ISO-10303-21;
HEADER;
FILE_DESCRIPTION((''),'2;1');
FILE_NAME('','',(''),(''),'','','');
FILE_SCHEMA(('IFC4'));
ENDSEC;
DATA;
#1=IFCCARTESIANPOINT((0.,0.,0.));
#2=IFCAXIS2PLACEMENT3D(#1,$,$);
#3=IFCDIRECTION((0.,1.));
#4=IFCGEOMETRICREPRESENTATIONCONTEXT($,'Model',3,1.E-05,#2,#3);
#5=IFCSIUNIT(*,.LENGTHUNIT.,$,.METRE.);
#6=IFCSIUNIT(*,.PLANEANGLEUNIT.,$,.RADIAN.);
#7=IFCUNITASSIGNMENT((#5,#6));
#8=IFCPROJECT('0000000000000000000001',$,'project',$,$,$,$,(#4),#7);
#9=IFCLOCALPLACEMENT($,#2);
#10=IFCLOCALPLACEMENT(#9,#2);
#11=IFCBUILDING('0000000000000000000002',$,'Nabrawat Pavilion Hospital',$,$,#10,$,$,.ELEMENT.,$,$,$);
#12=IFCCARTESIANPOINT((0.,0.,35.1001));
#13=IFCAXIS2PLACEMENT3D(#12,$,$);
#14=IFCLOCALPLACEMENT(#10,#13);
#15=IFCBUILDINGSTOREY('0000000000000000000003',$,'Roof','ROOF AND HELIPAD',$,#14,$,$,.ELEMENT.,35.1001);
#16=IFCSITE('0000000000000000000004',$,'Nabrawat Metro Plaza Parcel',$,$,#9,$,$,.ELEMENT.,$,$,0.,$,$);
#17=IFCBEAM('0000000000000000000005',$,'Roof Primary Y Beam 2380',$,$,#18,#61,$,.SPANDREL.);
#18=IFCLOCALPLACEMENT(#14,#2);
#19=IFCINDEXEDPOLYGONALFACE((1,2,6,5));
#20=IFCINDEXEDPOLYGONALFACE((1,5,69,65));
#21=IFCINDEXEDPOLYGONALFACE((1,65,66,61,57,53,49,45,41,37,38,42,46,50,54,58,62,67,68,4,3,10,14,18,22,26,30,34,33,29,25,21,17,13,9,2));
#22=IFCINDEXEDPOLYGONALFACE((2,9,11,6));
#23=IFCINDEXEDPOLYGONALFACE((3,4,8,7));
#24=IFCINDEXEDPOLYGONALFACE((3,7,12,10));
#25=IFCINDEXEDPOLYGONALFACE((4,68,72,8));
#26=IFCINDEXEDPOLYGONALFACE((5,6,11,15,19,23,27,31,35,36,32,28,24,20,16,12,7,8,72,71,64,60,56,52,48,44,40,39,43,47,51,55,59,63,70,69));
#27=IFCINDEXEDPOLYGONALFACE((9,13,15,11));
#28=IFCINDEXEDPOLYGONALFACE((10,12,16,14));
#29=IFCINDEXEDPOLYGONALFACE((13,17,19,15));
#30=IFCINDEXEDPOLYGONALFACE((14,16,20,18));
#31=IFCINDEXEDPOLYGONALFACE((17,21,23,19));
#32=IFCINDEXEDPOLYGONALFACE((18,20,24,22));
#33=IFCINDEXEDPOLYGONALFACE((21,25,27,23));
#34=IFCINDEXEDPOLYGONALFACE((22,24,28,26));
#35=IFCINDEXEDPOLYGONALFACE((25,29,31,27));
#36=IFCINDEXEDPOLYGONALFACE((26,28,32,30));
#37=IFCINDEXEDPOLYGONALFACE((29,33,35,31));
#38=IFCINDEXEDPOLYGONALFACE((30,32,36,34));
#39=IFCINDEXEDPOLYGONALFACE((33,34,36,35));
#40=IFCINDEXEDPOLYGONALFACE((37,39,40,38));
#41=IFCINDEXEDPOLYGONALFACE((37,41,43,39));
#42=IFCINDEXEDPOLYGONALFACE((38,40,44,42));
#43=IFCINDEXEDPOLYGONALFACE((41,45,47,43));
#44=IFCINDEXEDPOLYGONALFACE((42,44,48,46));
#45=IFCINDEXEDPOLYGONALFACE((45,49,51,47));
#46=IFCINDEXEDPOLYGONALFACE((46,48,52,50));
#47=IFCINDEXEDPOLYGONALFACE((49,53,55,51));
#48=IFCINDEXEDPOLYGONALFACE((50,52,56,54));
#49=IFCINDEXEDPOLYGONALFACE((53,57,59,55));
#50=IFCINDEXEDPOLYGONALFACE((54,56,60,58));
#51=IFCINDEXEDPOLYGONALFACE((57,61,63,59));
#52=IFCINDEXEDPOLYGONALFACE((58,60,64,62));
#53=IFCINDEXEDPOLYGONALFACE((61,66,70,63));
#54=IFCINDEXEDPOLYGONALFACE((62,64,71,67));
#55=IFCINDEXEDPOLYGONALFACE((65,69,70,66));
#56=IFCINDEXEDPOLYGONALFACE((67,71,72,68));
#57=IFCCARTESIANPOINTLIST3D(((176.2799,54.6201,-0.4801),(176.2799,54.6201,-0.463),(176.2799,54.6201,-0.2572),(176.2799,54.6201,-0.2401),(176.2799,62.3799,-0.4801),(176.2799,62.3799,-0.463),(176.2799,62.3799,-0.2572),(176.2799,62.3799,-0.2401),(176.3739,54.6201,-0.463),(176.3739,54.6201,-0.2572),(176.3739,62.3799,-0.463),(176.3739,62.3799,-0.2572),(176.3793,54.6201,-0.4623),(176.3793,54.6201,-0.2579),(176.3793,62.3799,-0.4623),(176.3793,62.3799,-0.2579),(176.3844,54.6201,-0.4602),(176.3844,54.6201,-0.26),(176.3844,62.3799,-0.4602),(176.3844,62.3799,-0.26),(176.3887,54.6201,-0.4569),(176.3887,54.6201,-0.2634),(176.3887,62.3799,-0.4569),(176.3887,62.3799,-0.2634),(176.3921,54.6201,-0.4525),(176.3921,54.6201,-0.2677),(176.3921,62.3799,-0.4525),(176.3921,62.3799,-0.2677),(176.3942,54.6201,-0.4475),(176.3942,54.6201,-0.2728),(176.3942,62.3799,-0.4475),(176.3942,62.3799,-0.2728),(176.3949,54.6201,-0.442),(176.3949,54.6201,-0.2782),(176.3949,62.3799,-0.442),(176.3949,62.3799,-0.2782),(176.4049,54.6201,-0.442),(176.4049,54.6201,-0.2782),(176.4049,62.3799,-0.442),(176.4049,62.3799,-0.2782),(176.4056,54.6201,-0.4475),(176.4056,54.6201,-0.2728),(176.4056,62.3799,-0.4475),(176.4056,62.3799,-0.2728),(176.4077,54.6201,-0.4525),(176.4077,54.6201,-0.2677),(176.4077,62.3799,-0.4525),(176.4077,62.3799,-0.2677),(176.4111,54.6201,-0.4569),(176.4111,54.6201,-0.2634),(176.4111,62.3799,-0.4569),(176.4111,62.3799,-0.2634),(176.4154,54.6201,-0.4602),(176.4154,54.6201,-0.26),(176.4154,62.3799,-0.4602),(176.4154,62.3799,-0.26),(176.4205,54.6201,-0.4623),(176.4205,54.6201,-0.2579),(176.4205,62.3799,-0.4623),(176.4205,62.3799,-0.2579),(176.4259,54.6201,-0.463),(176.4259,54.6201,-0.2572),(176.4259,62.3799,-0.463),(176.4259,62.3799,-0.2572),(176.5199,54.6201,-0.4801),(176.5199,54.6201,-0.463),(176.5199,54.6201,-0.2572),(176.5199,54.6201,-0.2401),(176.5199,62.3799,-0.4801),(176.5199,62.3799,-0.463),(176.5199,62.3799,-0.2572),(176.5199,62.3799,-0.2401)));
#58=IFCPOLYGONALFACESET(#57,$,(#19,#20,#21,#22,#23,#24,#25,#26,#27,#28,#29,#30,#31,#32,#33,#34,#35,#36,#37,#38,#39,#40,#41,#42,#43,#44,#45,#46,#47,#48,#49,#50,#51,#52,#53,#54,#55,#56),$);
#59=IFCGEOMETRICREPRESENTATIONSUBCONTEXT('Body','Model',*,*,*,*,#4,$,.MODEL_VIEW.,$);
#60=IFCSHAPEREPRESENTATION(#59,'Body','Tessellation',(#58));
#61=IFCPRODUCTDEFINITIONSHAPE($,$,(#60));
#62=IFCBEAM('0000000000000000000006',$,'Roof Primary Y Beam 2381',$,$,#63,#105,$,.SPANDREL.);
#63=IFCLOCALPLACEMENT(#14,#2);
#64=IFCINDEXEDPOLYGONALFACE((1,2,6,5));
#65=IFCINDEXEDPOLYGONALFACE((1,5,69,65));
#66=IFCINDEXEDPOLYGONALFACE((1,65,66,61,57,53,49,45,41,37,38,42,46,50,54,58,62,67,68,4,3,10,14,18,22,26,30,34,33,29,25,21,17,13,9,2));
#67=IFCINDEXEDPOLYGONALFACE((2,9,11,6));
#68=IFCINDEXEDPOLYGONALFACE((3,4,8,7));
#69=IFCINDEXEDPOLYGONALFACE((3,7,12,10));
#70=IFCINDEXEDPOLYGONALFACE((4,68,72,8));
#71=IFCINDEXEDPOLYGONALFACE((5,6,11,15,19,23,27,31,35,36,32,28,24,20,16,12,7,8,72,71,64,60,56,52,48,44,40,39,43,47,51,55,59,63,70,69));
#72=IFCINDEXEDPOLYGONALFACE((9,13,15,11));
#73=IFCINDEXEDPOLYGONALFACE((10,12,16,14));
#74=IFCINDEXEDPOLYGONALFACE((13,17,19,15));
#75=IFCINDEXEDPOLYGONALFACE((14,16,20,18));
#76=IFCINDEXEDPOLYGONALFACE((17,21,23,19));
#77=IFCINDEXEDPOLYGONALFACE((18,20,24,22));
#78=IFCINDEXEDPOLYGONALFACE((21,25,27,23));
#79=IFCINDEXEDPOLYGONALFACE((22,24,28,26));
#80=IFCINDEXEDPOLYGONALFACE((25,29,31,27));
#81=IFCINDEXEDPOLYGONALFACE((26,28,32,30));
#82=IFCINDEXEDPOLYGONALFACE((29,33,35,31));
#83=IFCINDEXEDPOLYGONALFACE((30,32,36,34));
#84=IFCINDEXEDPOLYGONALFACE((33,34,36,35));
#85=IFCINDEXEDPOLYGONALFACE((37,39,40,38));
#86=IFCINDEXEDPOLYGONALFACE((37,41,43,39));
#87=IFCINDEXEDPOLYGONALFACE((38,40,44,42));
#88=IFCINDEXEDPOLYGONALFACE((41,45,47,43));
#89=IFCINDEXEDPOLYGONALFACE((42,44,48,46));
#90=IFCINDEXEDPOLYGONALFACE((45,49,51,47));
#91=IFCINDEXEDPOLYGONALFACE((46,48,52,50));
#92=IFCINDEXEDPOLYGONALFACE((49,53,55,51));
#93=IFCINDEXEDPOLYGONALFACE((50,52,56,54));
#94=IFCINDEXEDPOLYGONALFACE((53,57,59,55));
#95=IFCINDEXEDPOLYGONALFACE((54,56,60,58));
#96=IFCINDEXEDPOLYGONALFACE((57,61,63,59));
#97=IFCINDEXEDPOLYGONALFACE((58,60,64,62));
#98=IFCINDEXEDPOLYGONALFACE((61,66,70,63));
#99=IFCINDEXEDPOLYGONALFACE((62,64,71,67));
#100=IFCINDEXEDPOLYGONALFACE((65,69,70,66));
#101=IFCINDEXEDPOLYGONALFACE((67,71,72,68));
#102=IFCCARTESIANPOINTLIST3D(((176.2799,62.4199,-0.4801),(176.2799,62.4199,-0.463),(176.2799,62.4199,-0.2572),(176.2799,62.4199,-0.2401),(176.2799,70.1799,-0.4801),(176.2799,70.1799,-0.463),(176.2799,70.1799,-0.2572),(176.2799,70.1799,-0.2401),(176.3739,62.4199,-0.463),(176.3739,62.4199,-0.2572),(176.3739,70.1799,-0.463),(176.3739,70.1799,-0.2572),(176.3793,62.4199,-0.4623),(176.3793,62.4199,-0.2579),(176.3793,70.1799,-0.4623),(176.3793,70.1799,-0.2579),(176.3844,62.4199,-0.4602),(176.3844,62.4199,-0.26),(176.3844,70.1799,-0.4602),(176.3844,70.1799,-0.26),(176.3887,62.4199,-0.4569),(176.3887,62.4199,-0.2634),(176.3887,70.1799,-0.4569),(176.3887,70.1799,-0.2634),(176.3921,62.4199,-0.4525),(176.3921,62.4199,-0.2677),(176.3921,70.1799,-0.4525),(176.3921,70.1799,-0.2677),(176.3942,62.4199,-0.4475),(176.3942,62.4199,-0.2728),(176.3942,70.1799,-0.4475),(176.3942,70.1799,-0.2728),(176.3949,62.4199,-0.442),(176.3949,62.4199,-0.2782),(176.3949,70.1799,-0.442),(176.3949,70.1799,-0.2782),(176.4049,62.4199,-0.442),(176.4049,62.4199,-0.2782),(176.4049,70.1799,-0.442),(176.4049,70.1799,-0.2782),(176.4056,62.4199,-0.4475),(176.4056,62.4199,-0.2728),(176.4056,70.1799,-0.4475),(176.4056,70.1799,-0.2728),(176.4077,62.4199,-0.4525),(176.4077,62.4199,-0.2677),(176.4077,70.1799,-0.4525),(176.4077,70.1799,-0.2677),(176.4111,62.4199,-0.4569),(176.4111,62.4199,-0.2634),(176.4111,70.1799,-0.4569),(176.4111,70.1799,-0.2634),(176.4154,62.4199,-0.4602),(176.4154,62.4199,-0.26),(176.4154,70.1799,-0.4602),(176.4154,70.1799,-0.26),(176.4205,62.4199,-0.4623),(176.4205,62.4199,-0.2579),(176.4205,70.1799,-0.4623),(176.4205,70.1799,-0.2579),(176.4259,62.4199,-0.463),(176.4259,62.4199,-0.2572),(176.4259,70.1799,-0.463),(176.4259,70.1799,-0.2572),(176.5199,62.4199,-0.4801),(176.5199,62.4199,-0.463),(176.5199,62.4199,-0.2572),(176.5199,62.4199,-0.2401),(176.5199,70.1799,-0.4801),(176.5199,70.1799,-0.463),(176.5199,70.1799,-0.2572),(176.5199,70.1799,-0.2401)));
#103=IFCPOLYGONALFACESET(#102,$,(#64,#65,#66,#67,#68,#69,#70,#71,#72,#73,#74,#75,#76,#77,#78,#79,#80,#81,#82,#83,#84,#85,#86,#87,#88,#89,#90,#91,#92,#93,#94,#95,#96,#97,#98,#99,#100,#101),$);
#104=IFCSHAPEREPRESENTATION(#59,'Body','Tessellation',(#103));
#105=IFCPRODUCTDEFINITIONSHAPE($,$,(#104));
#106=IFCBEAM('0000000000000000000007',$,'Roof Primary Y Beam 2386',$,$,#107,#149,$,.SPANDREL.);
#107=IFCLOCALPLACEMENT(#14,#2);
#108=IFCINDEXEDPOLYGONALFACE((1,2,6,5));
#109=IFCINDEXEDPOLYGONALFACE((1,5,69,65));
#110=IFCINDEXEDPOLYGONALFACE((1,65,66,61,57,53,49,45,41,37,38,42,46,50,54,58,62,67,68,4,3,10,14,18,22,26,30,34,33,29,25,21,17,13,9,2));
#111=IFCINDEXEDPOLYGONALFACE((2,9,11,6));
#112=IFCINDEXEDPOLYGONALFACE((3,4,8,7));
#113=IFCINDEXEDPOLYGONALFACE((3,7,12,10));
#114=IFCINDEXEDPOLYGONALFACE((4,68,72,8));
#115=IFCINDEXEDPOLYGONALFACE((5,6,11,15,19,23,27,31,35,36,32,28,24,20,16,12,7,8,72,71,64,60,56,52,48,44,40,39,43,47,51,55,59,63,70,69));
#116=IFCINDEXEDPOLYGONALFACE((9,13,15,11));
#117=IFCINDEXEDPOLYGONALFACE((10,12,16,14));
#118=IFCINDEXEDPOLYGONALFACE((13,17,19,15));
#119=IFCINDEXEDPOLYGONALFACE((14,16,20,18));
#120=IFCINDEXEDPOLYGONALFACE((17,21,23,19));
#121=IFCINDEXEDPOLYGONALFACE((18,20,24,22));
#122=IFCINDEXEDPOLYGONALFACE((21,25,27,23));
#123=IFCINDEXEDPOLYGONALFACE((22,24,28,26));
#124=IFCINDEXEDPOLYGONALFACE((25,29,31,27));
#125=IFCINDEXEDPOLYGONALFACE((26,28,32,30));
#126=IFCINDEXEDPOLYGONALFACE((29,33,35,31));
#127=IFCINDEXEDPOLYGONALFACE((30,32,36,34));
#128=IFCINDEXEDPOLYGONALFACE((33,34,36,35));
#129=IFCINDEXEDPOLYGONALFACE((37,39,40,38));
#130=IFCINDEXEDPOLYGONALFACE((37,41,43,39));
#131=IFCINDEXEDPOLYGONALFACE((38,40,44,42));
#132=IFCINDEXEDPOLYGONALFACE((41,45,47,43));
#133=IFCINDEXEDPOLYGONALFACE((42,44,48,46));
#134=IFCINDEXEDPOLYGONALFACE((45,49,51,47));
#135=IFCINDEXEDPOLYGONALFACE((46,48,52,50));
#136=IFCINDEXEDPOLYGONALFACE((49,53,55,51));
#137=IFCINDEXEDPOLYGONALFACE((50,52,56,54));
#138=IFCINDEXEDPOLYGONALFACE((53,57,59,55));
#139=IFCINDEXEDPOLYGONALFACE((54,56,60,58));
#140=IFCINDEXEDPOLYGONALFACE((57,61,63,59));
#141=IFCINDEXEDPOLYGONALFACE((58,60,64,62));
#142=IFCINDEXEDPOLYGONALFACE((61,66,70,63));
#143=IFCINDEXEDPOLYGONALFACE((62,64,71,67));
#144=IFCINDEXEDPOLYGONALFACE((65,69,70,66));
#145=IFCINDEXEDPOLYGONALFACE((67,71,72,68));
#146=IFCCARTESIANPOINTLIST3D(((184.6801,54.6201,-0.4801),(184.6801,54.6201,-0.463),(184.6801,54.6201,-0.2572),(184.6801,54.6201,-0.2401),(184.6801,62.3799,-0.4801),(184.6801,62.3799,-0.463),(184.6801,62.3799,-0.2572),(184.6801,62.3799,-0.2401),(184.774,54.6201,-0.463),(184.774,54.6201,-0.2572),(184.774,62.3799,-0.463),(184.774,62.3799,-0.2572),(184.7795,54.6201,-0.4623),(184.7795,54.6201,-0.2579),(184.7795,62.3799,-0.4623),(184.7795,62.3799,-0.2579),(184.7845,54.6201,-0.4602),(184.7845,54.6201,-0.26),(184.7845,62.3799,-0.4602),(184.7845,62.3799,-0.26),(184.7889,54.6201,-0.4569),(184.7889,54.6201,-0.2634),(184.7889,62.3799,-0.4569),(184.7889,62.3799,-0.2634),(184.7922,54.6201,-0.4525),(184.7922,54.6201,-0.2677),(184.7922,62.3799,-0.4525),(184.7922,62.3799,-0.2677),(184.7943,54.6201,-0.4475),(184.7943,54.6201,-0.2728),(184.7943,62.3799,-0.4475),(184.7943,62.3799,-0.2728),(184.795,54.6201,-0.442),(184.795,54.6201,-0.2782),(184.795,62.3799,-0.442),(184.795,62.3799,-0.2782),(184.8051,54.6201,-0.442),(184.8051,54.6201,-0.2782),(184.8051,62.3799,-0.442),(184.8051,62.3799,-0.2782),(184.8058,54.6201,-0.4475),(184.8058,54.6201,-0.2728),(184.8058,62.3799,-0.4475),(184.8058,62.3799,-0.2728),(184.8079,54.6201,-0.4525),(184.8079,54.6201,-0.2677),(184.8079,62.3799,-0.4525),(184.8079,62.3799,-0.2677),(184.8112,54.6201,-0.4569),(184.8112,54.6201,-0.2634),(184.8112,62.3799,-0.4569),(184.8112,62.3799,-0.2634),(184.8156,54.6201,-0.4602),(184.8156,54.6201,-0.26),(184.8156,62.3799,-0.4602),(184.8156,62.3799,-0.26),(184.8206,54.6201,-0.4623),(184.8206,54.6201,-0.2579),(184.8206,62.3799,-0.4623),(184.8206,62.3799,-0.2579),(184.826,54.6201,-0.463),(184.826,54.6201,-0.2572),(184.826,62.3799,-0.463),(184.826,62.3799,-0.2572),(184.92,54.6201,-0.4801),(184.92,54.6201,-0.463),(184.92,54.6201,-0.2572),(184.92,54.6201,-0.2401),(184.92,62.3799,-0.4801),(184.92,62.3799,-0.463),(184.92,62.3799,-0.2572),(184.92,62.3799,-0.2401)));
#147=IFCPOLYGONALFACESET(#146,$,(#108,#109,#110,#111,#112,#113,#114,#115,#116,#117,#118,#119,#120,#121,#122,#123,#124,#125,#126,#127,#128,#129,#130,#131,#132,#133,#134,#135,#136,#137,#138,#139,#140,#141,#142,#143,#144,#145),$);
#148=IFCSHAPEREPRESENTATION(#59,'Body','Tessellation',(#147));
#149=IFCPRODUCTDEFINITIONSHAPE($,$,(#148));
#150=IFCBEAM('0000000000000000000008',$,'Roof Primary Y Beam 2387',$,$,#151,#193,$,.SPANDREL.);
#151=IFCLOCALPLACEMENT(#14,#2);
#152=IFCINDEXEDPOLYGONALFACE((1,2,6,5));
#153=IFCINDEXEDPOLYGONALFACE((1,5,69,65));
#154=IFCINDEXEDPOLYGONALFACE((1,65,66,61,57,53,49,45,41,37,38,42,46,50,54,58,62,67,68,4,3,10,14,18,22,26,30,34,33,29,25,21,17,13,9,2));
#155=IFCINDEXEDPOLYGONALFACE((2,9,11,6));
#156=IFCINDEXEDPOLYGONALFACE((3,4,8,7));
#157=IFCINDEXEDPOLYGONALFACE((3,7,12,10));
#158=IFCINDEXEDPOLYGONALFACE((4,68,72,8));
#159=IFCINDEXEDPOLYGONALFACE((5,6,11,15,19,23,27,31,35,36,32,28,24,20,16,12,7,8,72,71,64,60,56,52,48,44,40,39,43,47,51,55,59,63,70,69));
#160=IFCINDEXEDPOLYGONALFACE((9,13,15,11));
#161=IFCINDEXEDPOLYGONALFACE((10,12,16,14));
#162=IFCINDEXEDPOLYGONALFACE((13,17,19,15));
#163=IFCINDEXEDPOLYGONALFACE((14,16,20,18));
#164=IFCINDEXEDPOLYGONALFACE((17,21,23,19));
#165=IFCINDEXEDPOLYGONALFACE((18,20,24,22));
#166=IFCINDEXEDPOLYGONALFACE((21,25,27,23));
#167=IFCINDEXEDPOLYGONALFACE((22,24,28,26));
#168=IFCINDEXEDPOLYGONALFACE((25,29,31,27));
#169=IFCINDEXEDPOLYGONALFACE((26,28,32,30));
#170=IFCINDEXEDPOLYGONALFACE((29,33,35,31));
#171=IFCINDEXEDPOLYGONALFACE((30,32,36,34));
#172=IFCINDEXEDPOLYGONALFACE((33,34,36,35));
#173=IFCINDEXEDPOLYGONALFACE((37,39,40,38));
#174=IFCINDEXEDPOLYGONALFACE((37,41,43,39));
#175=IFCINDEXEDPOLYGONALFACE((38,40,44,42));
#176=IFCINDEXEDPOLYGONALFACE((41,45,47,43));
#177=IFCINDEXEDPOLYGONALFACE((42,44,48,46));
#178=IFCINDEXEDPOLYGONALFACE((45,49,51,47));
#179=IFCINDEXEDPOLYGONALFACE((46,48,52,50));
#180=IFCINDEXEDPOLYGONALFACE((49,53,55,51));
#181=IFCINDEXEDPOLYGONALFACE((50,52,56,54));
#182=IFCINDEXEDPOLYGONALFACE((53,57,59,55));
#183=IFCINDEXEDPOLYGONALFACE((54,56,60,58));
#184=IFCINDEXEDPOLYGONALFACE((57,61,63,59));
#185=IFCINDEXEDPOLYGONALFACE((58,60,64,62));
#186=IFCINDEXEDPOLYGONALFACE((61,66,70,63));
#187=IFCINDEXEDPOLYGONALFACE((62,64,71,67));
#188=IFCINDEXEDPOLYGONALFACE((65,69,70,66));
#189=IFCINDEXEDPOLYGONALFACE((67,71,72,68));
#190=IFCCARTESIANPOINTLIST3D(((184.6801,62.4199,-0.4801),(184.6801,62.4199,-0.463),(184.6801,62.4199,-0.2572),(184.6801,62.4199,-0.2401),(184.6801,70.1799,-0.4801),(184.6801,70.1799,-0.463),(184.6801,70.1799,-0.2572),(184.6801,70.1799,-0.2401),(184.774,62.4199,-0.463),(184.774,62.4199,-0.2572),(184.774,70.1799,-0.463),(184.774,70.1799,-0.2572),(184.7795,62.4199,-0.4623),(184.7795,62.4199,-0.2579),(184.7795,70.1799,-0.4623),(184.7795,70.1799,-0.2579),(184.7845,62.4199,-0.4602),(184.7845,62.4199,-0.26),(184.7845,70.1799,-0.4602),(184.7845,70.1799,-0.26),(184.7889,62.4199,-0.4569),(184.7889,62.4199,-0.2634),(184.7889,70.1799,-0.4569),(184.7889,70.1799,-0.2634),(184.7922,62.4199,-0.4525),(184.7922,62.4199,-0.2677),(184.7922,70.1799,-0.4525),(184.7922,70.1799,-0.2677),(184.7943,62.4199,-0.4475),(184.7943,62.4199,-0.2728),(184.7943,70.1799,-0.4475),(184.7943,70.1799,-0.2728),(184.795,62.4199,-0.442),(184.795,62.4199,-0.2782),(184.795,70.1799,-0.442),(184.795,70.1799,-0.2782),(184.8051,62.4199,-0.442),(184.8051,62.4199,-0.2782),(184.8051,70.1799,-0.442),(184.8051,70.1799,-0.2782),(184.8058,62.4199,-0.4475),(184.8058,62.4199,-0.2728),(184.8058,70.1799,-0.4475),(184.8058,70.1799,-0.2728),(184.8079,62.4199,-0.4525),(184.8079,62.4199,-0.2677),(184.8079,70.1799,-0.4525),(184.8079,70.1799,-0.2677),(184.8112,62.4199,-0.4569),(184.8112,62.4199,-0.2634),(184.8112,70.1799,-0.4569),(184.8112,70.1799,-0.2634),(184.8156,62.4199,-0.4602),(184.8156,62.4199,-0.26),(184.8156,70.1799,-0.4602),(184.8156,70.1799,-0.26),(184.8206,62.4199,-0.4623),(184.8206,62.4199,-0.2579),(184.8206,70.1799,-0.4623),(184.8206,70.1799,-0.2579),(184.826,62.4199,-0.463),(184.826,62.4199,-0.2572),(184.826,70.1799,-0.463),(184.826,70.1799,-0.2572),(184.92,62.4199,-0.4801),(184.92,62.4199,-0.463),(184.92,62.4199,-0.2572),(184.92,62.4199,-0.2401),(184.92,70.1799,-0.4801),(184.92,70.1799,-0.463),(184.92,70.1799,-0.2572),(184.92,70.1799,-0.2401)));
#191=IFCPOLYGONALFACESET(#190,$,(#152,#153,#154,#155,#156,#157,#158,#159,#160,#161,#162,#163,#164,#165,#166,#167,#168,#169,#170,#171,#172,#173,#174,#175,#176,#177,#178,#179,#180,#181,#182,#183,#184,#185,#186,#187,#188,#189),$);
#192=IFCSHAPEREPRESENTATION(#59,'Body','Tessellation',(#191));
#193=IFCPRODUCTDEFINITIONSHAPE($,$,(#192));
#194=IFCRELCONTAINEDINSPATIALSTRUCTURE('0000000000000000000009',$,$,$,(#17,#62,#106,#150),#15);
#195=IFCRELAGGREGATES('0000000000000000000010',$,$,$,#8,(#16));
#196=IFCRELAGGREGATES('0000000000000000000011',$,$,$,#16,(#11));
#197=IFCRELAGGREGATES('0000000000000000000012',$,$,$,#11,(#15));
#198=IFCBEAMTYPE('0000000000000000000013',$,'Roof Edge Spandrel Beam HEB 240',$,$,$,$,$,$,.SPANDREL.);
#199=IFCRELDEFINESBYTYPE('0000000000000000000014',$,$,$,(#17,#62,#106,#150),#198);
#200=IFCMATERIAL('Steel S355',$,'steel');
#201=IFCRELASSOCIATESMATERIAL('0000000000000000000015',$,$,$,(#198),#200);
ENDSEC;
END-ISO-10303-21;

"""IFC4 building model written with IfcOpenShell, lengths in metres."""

from ifc_helpers import new_model, si_unit, direction, frame, origin, origin_2d, place, context, subcontext, project, spatial, i_section, extrude, material, material_profile, profile_set, type_object, element, save


model = new_model("IFC4")

# Units and contexts
model_context = context("Model", 3, precision=1e-05, world=origin(), true_north=direction((0.0, 1.0)))
body_context = subcontext(model_context, "Body", "Model", "MODEL_VIEW")
ifc_project = project(units=[si_unit("LENGTHUNIT", "METRE"), si_unit("PLANEANGLEUNIT", "RADIAN")], contexts=[model_context])

# Site, building, storey
site_placement = place(None, origin())
site = spatial("IfcSite", under=ifc_project, at=site_placement, Name="Nabrawat Metro Plaza Parcel", CompositionType="ELEMENT", RefElevation=0.0)
building_placement = place(site_placement, origin())
building = spatial("IfcBuilding", under=site, at=building_placement, Name="Nabrawat Pavilion Hospital", CompositionType="ELEMENT")
storey_placement = place(building_placement, frame((0.0, 0.0, 35.1001)))
storey = spatial("IfcBuildingStorey", under=building, at=storey_placement, Name="Roof", Description="ROOF AND HELIPAD", CompositionType="ELEMENT", Elevation=35.1001)

# Shared definitions
ifc_material_1 = material(Name="Steel S355", Category="steel")

# Beams
ifc_material_profile_1 = material_profile(ifc_material_1, i_section(OverallWidth=0.24, OverallDepth=0.24, WebThickness=0.01, FlangeThickness=0.0171, FilletRadius=0.021, at=origin_2d()), Name="HEB 240")
ifc_profile_set_1 = profile_set([ifc_material_profile_1], Name="Steel S355")
beam_type_1 = type_object("IfcBeamType", Name="Roof Edge Spandrel Beam HEB 240", PredefinedType="SPANDREL", material=ifc_profile_set_1)
beam_1_placement = place(storey_placement, frame((176.3999, 54.6201, -0.3601), z_axis=(0.0, 1.0, 0.0), x_axis=(-1.0, 0.0, 0.0)))
element("IfcBeam", 1, at=beam_1_placement, inside=storey, type_object=beam_type_1, Name="Roof Primary Y Beam 2380", PredefinedType="SPANDREL", context=body_context, shape_type="SweptSolid", body=[
    extrude(i_section(OverallWidth=0.24, OverallDepth=0.24, WebThickness=0.01, FlangeThickness=0.0171, FilletRadius=0.021, at=origin_2d()), origin(), (0.0, 0.0, 1.0), 7.7598),
])
beam_2_placement = place(storey_placement, frame((176.3999, 62.4199, -0.3601), z_axis=(0.0, 1.0, 0.0), x_axis=(-1.0, 0.0, 0.0)))
element("IfcBeam", 2, at=beam_2_placement, inside=storey, type_object=beam_type_1, Name="Roof Primary Y Beam 2381", PredefinedType="SPANDREL", context=body_context, shape_type="SweptSolid", body=[
    extrude(i_section(OverallWidth=0.24, OverallDepth=0.24, WebThickness=0.01, FlangeThickness=0.0171, FilletRadius=0.021, at=origin_2d()), origin(), (0.0, 0.0, 1.0), 7.76),
])
beam_3_placement = place(storey_placement, frame((184.8, 54.6201, -0.3601), z_axis=(0.0, 1.0, 0.0), x_axis=(-1.0, 0.0, 0.0)))
element("IfcBeam", 3, at=beam_3_placement, inside=storey, type_object=beam_type_1, Name="Roof Primary Y Beam 2386", PredefinedType="SPANDREL", context=body_context, shape_type="SweptSolid", body=[
    extrude(i_section(OverallWidth=0.24, OverallDepth=0.24, WebThickness=0.01, FlangeThickness=0.0171, FilletRadius=0.021, at=origin_2d()), origin(), (0.0, 0.0, 1.0), 7.7598),
])
beam_4_placement = place(storey_placement, frame((184.8, 62.4199, -0.3601), z_axis=(0.0, 1.0, 0.0), x_axis=(-1.0, 0.0, 0.0)))
element("IfcBeam", 4, at=beam_4_placement, inside=storey, type_object=beam_type_1, Name="Roof Primary Y Beam 2387", PredefinedType="SPANDREL", context=body_context, shape_type="SweptSolid", body=[
    extrude(i_section(OverallWidth=0.24, OverallDepth=0.24, WebThickness=0.01, FlangeThickness=0.0171, FilletRadius=0.021, at=origin_2d()), origin(), (0.0, 0.0, 1.0), 7.76),
])

save(model, "model.ifc")
